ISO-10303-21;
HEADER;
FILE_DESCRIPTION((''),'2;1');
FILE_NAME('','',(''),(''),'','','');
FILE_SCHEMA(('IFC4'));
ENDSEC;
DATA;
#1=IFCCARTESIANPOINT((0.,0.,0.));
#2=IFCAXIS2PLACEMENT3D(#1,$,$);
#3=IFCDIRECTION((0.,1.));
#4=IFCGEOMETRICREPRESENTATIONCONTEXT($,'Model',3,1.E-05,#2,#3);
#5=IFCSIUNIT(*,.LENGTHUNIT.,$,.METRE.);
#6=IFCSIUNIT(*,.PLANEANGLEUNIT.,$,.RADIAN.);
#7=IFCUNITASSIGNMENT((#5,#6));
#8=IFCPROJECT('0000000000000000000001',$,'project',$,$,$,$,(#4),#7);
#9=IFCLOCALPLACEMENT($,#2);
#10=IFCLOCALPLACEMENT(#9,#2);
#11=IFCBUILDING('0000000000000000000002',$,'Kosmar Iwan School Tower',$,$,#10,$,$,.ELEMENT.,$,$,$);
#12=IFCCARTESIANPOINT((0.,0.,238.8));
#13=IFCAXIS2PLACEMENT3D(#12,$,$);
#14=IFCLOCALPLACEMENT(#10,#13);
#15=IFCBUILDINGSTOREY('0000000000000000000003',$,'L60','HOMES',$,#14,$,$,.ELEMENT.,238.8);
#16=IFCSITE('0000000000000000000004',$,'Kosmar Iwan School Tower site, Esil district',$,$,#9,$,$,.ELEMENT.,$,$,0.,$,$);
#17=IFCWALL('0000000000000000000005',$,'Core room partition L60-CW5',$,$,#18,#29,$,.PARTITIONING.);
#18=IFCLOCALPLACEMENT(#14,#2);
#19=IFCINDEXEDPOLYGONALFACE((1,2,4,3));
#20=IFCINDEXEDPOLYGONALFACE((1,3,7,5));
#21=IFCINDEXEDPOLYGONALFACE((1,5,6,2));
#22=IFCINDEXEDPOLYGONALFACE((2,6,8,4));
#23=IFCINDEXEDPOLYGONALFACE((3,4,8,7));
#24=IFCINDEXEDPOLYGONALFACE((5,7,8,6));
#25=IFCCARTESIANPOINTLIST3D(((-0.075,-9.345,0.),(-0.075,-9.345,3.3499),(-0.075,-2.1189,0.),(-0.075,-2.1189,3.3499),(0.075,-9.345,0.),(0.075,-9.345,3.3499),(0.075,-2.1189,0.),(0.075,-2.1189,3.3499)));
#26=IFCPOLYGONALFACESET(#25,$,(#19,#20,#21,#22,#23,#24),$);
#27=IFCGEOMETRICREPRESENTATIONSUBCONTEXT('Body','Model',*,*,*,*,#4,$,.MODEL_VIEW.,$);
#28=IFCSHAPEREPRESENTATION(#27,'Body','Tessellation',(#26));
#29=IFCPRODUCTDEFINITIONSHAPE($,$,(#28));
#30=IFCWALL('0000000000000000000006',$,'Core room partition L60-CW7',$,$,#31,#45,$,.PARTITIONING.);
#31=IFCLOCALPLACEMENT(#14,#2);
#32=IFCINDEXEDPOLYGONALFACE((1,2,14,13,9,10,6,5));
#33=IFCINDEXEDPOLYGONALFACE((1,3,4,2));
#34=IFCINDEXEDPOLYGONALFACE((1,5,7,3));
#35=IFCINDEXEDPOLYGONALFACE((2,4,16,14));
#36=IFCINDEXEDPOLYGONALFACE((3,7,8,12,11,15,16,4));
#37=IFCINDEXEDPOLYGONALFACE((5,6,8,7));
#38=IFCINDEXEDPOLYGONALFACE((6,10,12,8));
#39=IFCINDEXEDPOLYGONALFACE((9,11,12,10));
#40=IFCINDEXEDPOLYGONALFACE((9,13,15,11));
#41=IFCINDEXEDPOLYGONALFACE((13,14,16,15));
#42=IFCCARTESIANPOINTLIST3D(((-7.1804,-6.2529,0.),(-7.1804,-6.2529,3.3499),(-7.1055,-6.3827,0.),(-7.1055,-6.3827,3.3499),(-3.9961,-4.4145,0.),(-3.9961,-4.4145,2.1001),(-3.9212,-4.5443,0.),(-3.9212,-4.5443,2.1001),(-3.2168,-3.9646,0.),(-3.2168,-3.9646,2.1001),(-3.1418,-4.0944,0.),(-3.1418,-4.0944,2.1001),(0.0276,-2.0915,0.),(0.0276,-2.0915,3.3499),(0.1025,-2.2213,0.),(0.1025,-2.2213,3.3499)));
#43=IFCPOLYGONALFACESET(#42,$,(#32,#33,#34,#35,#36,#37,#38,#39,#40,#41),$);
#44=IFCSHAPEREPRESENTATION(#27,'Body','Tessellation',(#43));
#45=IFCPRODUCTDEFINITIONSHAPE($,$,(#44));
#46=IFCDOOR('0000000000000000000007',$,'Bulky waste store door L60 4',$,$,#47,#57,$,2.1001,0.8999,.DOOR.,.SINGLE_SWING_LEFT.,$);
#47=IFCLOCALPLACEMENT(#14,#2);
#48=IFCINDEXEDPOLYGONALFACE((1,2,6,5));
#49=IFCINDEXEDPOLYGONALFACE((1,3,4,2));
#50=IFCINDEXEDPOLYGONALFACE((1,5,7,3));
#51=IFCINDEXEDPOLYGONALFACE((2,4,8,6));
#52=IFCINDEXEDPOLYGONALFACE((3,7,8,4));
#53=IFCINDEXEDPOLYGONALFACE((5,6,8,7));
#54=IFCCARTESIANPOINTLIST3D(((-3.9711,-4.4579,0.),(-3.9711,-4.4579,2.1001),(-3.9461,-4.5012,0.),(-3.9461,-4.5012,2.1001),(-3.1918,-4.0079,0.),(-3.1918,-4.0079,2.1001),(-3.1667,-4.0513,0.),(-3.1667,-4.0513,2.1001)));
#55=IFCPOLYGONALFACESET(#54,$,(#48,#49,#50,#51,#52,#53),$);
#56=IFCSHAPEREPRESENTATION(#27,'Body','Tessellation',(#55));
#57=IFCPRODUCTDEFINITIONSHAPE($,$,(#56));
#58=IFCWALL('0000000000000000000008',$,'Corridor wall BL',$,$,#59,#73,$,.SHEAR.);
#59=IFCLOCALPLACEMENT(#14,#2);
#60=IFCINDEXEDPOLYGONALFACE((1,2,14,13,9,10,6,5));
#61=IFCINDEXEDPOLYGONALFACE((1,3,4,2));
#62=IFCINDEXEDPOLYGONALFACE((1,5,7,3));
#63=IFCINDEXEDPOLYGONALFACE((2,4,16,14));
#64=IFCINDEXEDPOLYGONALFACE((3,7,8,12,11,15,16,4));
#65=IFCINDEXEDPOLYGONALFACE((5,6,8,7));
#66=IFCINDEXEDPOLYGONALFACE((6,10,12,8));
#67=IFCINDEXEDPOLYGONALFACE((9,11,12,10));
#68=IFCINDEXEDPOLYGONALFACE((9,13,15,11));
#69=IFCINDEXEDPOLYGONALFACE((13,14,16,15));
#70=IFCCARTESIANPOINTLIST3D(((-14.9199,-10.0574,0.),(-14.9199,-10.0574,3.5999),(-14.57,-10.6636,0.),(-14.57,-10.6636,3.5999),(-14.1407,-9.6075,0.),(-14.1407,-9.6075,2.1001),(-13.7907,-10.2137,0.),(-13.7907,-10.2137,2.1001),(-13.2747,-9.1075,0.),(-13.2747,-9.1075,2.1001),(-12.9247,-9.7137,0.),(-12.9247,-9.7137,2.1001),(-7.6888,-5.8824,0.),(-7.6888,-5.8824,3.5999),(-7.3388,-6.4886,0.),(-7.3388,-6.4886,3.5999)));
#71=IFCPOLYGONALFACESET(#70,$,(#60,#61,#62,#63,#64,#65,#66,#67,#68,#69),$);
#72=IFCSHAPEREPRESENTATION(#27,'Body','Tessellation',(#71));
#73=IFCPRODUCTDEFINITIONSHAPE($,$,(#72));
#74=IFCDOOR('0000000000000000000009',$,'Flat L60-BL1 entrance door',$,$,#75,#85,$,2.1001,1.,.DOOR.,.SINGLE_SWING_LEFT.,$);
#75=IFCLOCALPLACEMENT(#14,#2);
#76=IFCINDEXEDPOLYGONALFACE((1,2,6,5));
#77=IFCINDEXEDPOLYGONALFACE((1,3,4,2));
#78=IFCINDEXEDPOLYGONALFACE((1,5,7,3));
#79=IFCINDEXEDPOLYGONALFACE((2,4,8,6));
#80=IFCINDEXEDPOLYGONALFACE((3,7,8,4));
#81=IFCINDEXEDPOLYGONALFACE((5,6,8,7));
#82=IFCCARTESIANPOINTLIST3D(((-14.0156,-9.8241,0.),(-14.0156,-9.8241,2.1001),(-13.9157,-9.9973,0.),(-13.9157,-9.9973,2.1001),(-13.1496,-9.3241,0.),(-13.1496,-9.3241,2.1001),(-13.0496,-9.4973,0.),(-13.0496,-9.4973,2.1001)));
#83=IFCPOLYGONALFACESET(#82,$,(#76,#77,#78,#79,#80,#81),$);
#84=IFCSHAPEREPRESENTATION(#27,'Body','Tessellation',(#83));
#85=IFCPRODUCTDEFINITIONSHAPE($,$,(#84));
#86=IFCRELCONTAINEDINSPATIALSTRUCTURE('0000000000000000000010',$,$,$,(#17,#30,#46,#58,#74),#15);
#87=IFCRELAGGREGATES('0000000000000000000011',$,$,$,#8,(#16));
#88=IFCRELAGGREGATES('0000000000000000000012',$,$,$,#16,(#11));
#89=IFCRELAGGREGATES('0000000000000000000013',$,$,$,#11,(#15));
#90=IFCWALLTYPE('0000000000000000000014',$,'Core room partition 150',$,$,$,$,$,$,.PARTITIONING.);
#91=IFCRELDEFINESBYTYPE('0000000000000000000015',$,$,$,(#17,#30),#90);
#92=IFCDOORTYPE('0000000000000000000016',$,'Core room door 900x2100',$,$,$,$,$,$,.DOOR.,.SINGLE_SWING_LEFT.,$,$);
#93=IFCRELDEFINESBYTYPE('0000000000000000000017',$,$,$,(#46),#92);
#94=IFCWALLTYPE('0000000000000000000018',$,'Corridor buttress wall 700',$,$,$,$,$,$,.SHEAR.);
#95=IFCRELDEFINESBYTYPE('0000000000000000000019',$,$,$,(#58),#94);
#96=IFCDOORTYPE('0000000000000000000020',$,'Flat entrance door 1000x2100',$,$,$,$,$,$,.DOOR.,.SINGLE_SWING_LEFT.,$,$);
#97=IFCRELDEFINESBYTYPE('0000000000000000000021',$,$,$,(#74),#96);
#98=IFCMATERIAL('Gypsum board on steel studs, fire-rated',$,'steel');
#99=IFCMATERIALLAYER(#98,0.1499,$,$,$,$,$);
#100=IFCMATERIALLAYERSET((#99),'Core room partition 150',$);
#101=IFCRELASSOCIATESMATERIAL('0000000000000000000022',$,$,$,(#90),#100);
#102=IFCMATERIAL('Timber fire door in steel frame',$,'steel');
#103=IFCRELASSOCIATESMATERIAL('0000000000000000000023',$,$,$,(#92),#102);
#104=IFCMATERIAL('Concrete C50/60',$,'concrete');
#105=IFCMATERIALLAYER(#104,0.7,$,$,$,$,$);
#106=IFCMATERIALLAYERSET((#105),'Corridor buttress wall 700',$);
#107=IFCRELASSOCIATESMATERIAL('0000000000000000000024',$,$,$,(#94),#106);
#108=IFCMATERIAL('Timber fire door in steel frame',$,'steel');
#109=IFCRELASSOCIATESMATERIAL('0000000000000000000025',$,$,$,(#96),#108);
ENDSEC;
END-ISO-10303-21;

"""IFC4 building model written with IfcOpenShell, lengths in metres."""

from ifc_helpers import new_model, si_unit, direction, frame, frame_2d, origin, place, context, subcontext, project, spatial, rectangle, extrude, material, layer, layer_set, type_object, element, fill, save


model = new_model("IFC4")

# Units and contexts
model_context = context("Model", 3, precision=1e-05, world=origin(), true_north=direction((0.0, 1.0)))
body_context = subcontext(model_context, "Body", "Model", "MODEL_VIEW")
ifc_project = project(units=[si_unit("LENGTHUNIT", "METRE"), si_unit("PLANEANGLEUNIT", "RADIAN")], contexts=[model_context])

# Site, building, storey
site_placement = place(None, origin())
site = spatial("IfcSite", under=ifc_project, at=site_placement, Name="Kosmar Iwan School Tower site, Esil district", CompositionType="ELEMENT", RefElevation=0.0)
building_placement = place(site_placement, origin())
building = spatial("IfcBuilding", under=site, at=building_placement, Name="Kosmar Iwan School Tower", CompositionType="ELEMENT")
storey_placement = place(building_placement, frame((0.0, 0.0, 238.8)))
storey = spatial("IfcBuildingStorey", under=building, at=storey_placement, Name="L60", Description="HOMES", CompositionType="ELEMENT", Elevation=238.8)

# Wall
ifc_material_1 = material(Name="Gypsum board on steel studs, fire-rated", Category="steel")
ifc_layer_1 = layer(ifc_material_1, 0.1499)
ifc_layer_set_1 = layer_set([ifc_layer_1], Name="Core room partition 150")
wall_type_1 = type_object("IfcWallType", Name="Core room partition 150", PredefinedType="PARTITIONING", material=ifc_layer_set_1)
wall_1_placement = place(storey_placement, frame((0.0, -9.345, 0.0), z_axis=(0.0, 0.0, 1.0), x_axis=(0.0, 1.0, 0.0)))
element("IfcWall", 1, at=wall_1_placement, inside=storey, type_object=wall_type_1, Name="Core room partition L60-CW5", PredefinedType="PARTITIONING", context=body_context, shape_type="SweptSolid", body=[
    extrude(rectangle(XDim=7.2261, YDim=0.1499, at=frame_2d((3.613, 0.0))), origin(), (0.0, 0.0, 1.0), 3.3499),
])

# Walls, openings, doors
wall_2_placement = place(storey_placement, frame((-7.1431, -6.3179, 0.0), z_axis=(0.0, 0.0, 1.0), x_axis=(0.866034, 0.499985, 0.0)))
wall_2 = element("IfcWall", 2, at=wall_2_placement, inside=storey, type_object=wall_type_1, Name="Core room partition L60-CW7", PredefinedType="PARTITIONING", context=body_context, shape_type="SweptSolid", body=[
    extrude(rectangle(XDim=8.323, YDim=0.1499, at=frame_2d((4.1616, 0.0))), origin(), (0.0, 0.0, 1.0), 3.3499),
])
opening_1_placement = place(wall_2_placement, frame((3.677, 0.0, 0.0)))
opening_1 = element("IfcOpeningElement", 3, at=opening_1_placement, cuts=wall_2, PredefinedType="OPENING", context=body_context, shape_type="SweptSolid", body=[
    extrude(rectangle(XDim=0.8999, YDim=2.1001, at=frame_2d((0.45, 1.05))), frame((0.0, 0.0869, 0.0), z_axis=(0.0, -1.0, 0.0), x_axis=(1.0, 0.0, 0.0)), (0.0, 0.0, 1.0), 0.1738),
])
ifc_material_2 = material(Name="Timber fire door in steel frame", Category="steel")
door_type_1 = type_object("IfcDoorType", Name="Core room door 900x2100", OperationType="SINGLE_SWING_LEFT", PredefinedType="DOOR", material=ifc_material_2)
door_1_placement = place(opening_1_placement, origin())
door_1 = element("IfcDoor", 4, at=door_1_placement, inside=storey, type_object=door_type_1, Name="Bulky waste store door L60 4", OperationType="SINGLE_SWING_LEFT", OverallHeight=2.1001, OverallWidth=0.8999, PredefinedType="DOOR", context=body_context, shape_type="SweptSolid", body=[
    extrude(rectangle(XDim=0.8999, YDim=2.1001, at=frame_2d((0.45, 1.05))), frame((0.0, 0.0249, 0.0), z_axis=(0.0, -1.0, 0.0), x_axis=(1.0, 0.0, 0.0)), (0.0, 0.0, 1.0), 0.05),
])
fill(opening_1, door_1)
ifc_material_3 = material(Name="Concrete C50/60", Category="concrete")
ifc_layer_2 = layer(ifc_material_3, 0.7)
ifc_layer_set_2 = layer_set([ifc_layer_2], Name="Corridor buttress wall 700")
wall_type_2 = type_object("IfcWallType", Name="Corridor buttress wall 700", PredefinedType="SHEAR", material=ifc_layer_set_2)
wall_3_placement = place(storey_placement, frame((-7.5139, -6.1855, 0.0), z_axis=(0.0, 0.0, 1.0), x_axis=(-0.86602, -0.50001, 0.0)))
wall_3 = element("IfcWall", 5, at=wall_3_placement, inside=storey, type_object=wall_type_2, Name="Corridor wall BL", PredefinedType="SHEAR", context=body_context, shape_type="SweptSolid", body=[
    extrude(rectangle(XDim=8.3499, YDim=0.7, at=frame_2d((4.1748, 0.0))), origin(), (0.0, 0.0, 1.0), 3.5999),
])
opening_2_placement = place(wall_3_placement, frame((6.45, 0.0, 0.0)))
opening_2 = element("IfcOpeningElement", 6, at=opening_2_placement, cuts=wall_3, PredefinedType="OPENING", context=body_context, shape_type="SweptSolid", body=[
    extrude(rectangle(XDim=1.0, YDim=2.1001, at=frame_2d((0.5, 1.05))), frame((0.0, 0.3621, 0.0), z_axis=(0.0, -1.0, 0.0), x_axis=(1.0, 0.0, 0.0)), (0.0, 0.0, 1.0), 0.7239),
])
ifc_material_4 = material(Name="Timber fire door in steel frame", Category="steel")
door_type_2 = type_object("IfcDoorType", Name="Flat entrance door 1000x2100", OperationType="SINGLE_SWING_LEFT", PredefinedType="DOOR", material=ifc_material_4)
door_2_placement = place(opening_2_placement, origin())
door_2 = element("IfcDoor", 7, at=door_2_placement, inside=storey, type_object=door_type_2, Name="Flat L60-BL1 entrance door", OperationType="SINGLE_SWING_LEFT", OverallHeight=2.1001, OverallWidth=1.0, PredefinedType="DOOR", context=body_context, shape_type="SweptSolid", body=[
    extrude(rectangle(XDim=1.0, YDim=2.1001, at=frame_2d((0.5, 1.05))), frame((0.0, 0.1001, 0.0), z_axis=(0.0, -1.0, 0.0), x_axis=(1.0, 0.0, 0.0)), (0.0, 0.0, 1.0), 0.2),
])
fill(opening_2, door_2)

save(model, "model.ifc")
